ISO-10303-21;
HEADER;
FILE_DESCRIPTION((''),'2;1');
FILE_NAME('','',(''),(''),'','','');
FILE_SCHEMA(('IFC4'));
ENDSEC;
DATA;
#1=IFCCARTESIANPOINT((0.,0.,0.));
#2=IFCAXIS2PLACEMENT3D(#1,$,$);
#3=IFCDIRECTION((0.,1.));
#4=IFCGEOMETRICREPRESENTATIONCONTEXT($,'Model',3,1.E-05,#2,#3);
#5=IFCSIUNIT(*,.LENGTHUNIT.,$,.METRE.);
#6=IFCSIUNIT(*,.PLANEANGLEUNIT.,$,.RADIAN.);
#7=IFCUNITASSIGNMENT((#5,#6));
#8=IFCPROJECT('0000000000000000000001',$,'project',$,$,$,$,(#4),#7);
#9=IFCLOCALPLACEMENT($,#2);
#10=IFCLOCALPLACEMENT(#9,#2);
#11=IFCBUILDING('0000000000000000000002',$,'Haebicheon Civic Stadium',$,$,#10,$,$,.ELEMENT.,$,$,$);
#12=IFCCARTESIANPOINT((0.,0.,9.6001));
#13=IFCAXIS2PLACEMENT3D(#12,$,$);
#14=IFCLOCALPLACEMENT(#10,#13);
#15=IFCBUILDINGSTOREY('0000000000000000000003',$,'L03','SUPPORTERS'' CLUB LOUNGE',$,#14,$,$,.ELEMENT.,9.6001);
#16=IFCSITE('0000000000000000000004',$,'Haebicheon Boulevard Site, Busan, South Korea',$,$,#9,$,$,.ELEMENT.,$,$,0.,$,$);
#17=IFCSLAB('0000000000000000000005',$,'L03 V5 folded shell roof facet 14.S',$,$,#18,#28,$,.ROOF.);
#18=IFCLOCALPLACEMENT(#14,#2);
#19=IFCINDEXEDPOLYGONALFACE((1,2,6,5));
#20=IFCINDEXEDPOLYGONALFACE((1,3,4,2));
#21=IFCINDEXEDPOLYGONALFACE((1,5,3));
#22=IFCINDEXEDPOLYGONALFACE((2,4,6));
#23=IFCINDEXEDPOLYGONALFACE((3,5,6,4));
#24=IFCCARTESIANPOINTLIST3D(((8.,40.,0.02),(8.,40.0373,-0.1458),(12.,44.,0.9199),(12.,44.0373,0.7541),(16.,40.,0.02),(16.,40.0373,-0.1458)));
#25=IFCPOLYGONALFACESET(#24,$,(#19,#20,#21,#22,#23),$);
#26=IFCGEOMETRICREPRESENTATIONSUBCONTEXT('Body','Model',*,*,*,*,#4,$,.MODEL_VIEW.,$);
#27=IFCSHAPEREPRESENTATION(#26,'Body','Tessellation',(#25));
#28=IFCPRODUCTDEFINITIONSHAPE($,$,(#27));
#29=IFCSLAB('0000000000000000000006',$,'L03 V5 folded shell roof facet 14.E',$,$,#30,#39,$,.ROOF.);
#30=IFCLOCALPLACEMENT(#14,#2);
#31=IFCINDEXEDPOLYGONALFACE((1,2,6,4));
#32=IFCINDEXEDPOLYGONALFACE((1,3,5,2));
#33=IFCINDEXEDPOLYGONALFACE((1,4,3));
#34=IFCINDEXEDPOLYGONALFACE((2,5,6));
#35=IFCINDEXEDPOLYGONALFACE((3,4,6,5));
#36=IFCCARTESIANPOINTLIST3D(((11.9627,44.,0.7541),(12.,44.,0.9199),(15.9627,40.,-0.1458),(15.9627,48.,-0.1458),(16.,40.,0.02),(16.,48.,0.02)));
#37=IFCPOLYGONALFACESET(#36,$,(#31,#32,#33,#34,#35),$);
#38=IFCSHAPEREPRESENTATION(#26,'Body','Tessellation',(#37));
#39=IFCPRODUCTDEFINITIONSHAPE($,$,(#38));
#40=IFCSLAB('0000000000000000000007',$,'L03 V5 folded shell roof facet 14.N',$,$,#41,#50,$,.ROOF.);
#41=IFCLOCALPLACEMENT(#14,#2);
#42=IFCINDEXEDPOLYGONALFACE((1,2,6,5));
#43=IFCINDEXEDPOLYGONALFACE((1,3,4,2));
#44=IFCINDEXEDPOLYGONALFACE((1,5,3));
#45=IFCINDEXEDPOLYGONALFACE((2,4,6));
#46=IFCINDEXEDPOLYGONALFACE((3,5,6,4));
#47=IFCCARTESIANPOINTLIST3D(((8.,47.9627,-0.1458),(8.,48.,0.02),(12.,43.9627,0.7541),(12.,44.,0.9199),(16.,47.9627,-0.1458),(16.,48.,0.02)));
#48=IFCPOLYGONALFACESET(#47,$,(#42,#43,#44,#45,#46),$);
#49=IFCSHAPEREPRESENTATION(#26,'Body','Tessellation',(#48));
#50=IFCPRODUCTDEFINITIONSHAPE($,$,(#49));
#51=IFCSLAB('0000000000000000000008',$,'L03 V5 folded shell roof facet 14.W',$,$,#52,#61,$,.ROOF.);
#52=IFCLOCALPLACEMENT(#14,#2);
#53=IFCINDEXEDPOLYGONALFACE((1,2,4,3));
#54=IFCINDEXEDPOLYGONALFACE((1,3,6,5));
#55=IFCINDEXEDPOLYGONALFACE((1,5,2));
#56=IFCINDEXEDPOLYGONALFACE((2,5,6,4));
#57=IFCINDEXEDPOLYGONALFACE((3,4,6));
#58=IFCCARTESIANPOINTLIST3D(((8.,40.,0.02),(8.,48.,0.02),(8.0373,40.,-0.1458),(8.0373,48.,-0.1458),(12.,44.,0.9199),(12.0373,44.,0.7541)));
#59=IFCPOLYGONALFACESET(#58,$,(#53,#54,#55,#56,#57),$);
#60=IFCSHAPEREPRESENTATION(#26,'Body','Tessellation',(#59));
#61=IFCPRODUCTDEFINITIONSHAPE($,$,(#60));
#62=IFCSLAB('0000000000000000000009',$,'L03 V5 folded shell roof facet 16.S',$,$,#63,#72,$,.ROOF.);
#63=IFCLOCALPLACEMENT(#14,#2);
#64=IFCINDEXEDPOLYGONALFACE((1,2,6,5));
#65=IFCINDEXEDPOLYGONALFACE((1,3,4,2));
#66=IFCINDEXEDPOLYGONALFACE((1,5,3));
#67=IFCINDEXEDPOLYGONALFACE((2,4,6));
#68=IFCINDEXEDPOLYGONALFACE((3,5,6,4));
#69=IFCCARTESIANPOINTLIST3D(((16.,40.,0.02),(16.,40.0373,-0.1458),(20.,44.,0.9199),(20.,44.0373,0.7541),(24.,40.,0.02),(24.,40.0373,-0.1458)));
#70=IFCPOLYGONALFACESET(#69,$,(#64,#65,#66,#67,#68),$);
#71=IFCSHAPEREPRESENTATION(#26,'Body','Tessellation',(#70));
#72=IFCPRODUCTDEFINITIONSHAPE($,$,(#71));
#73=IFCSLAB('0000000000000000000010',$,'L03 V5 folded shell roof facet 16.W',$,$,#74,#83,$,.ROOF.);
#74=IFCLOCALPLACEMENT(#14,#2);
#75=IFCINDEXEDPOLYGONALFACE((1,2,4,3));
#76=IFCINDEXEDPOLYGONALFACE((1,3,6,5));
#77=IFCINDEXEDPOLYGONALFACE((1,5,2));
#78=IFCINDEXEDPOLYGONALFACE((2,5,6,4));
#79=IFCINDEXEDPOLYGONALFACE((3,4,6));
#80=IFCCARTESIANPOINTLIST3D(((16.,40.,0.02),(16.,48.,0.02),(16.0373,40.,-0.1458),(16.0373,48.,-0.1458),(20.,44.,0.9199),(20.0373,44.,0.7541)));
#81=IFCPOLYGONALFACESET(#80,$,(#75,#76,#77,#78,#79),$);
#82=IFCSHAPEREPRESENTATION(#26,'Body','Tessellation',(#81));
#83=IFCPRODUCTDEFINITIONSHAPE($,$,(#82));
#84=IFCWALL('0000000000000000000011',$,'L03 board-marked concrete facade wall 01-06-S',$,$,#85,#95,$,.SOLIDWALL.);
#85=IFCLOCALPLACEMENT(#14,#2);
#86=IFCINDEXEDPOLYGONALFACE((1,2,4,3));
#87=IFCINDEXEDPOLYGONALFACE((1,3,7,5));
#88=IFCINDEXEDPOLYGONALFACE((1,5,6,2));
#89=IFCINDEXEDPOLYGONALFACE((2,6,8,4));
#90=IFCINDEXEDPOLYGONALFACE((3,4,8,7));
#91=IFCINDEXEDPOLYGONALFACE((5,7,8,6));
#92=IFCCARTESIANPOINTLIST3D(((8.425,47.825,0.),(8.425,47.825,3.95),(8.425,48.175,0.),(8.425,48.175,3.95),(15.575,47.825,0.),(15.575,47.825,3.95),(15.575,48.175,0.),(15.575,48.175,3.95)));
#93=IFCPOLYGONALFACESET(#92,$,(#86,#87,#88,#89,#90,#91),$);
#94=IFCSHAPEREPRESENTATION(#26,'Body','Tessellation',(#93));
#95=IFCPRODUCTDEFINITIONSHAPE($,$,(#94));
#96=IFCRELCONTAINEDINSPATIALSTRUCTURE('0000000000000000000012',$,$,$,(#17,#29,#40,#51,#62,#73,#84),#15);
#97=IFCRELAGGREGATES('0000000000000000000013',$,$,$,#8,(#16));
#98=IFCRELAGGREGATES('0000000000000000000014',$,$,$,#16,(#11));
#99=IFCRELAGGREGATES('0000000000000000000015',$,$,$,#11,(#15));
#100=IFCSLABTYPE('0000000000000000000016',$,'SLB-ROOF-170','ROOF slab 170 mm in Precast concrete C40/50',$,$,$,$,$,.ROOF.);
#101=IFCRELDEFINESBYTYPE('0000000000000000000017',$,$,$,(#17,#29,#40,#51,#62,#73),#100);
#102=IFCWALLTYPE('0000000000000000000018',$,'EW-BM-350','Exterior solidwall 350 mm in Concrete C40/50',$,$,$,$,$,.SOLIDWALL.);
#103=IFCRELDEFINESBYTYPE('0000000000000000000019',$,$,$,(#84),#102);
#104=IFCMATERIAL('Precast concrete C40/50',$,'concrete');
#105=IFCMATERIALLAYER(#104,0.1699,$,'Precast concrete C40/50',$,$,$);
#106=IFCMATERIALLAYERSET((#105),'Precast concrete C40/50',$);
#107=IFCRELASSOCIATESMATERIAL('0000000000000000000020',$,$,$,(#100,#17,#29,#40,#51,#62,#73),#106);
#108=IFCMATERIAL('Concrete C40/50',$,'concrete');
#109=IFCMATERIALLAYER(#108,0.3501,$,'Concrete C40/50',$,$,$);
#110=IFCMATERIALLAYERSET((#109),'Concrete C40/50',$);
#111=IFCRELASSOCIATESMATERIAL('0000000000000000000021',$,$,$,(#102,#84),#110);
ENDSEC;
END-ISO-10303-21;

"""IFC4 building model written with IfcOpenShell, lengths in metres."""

from ifc_helpers import new_model, si_unit, direction, frame, frame_2d, origin, place, context, subcontext, project, spatial, polyline, rectangle, outline, extrude, material, layer, layer_set, type_object, element, save


model = new_model("IFC4")

# Units and contexts
model_context = context("Model", 3, precision=1e-05, world=origin(), true_north=direction((0.0, 1.0)))
body_context = subcontext(model_context, "Body", "Model", "MODEL_VIEW")
ifc_project = project(units=[si_unit("LENGTHUNIT", "METRE"), si_unit("PLANEANGLEUNIT", "RADIAN")], contexts=[model_context])

# Site, building, storey
site_placement = place(None, origin())
site = spatial("IfcSite", under=ifc_project, at=site_placement, Name="Haebicheon Boulevard Site, Busan, South Korea", CompositionType="ELEMENT", RefElevation=0.0)
building_placement = place(site_placement, origin())
building = spatial("IfcBuilding", under=site, at=building_placement, Name="Haebicheon Civic Stadium", CompositionType="ELEMENT")
storey_placement = place(building_placement, frame((0.0, 0.0, 9.6001)))
storey = spatial("IfcBuildingStorey", under=building, at=storey_placement, Name="L03", Description="SUPPORTERS' CLUB LOUNGE", CompositionType="ELEMENT", Elevation=9.6001)

# Slabs
ifc_material_1 = material(Name="Precast concrete C40/50", Category="concrete")
ifc_layer_1 = layer(ifc_material_1, 0.1699, Name="Precast concrete C40/50")
ifc_layer_set_1 = layer_set([ifc_layer_1], Name="Precast concrete C40/50")
slab_type = type_object("IfcSlabType", Name="SLB-ROOF-170", Description="ROOF slab 170 mm in Precast concrete C40/50", PredefinedType="ROOF", material=ifc_layer_set_1)
for number, where, z_axis, x_axis, name in (
    (1, (8.0, 40.0, 0.02), (0.0, -0.21949, 0.975615), (1.0, 0.0, 0.0), "L03 V5 folded shell roof facet 14.S"),
    (2, (16.0, 40.0, 0.02), (0.21949, 0.0, 0.975615), (0.0, 1.0, 0.0), "L03 V5 folded shell roof facet 14.E"),
    (3, (16.0, 48.0, 0.02), (0.0, 0.21949, 0.975615), (-1.0, 0.0, 0.0), "L03 V5 folded shell roof facet 14.N"),
    (4, (8.0, 48.0, 0.02), (-0.21949, 0.0, 0.975615), (0.0, -1.0, 0.0), "L03 V5 folded shell roof facet 14.W"),
    (5, (16.0, 40.0, 0.02), (0.0, -0.21949, 0.975615), (1.0, 0.0, 0.0), "L03 V5 folded shell roof facet 16.S"),
    (6, (16.0, 48.0, 0.02), (-0.21949, 0.0, 0.975615), (0.0, -1.0, 0.0), "L03 V5 folded shell roof facet 16.W"),
):
    element("IfcSlab", number, at=place(storey_placement, frame(where, z_axis=z_axis, x_axis=x_axis)), inside=storey, type_object=slab_type, material=ifc_layer_set_1, Name=name, PredefinedType="ROOF", context=body_context, shape_type="SweptSolid", body=[
        extrude(outline(polyline([(0.0, 0.0), (8.0, 0.0), (4.0, 4.1), (0.0, 0.0)])), origin(), (0.0, 0.0, -1.0), 0.1699),
    ])

# Wall
ifc_material_2 = material(Name="Concrete C40/50", Category="concrete")
ifc_layer_2 = layer(ifc_material_2, 0.3501, Name="Concrete C40/50")
ifc_layer_set_2 = layer_set([ifc_layer_2], Name="Concrete C40/50")
wall_type = type_object("IfcWallType", Name="EW-BM-350", Description="Exterior solidwall 350 mm in Concrete C40/50", PredefinedType="SOLIDWALL", material=ifc_layer_set_2)
wall_placement = place(storey_placement, frame((8.425, 48.0, 0.0), z_axis=(0.0, 0.0, 1.0), x_axis=(1.0, 0.0, 0.0)))
element("IfcWall", 7, at=wall_placement, inside=storey, type_object=wall_type, material=ifc_layer_set_2, Name="L03 board-marked concrete facade wall 01-06-S", PredefinedType="SOLIDWALL", context=body_context, shape_type="SweptSolid", body=[
    extrude(rectangle(XDim=7.1499, YDim=0.3501, at=frame_2d((3.575, 0.0))), origin(), (0.0, 0.0, 1.0), 3.95),
])

save(model, "model.ifc")
